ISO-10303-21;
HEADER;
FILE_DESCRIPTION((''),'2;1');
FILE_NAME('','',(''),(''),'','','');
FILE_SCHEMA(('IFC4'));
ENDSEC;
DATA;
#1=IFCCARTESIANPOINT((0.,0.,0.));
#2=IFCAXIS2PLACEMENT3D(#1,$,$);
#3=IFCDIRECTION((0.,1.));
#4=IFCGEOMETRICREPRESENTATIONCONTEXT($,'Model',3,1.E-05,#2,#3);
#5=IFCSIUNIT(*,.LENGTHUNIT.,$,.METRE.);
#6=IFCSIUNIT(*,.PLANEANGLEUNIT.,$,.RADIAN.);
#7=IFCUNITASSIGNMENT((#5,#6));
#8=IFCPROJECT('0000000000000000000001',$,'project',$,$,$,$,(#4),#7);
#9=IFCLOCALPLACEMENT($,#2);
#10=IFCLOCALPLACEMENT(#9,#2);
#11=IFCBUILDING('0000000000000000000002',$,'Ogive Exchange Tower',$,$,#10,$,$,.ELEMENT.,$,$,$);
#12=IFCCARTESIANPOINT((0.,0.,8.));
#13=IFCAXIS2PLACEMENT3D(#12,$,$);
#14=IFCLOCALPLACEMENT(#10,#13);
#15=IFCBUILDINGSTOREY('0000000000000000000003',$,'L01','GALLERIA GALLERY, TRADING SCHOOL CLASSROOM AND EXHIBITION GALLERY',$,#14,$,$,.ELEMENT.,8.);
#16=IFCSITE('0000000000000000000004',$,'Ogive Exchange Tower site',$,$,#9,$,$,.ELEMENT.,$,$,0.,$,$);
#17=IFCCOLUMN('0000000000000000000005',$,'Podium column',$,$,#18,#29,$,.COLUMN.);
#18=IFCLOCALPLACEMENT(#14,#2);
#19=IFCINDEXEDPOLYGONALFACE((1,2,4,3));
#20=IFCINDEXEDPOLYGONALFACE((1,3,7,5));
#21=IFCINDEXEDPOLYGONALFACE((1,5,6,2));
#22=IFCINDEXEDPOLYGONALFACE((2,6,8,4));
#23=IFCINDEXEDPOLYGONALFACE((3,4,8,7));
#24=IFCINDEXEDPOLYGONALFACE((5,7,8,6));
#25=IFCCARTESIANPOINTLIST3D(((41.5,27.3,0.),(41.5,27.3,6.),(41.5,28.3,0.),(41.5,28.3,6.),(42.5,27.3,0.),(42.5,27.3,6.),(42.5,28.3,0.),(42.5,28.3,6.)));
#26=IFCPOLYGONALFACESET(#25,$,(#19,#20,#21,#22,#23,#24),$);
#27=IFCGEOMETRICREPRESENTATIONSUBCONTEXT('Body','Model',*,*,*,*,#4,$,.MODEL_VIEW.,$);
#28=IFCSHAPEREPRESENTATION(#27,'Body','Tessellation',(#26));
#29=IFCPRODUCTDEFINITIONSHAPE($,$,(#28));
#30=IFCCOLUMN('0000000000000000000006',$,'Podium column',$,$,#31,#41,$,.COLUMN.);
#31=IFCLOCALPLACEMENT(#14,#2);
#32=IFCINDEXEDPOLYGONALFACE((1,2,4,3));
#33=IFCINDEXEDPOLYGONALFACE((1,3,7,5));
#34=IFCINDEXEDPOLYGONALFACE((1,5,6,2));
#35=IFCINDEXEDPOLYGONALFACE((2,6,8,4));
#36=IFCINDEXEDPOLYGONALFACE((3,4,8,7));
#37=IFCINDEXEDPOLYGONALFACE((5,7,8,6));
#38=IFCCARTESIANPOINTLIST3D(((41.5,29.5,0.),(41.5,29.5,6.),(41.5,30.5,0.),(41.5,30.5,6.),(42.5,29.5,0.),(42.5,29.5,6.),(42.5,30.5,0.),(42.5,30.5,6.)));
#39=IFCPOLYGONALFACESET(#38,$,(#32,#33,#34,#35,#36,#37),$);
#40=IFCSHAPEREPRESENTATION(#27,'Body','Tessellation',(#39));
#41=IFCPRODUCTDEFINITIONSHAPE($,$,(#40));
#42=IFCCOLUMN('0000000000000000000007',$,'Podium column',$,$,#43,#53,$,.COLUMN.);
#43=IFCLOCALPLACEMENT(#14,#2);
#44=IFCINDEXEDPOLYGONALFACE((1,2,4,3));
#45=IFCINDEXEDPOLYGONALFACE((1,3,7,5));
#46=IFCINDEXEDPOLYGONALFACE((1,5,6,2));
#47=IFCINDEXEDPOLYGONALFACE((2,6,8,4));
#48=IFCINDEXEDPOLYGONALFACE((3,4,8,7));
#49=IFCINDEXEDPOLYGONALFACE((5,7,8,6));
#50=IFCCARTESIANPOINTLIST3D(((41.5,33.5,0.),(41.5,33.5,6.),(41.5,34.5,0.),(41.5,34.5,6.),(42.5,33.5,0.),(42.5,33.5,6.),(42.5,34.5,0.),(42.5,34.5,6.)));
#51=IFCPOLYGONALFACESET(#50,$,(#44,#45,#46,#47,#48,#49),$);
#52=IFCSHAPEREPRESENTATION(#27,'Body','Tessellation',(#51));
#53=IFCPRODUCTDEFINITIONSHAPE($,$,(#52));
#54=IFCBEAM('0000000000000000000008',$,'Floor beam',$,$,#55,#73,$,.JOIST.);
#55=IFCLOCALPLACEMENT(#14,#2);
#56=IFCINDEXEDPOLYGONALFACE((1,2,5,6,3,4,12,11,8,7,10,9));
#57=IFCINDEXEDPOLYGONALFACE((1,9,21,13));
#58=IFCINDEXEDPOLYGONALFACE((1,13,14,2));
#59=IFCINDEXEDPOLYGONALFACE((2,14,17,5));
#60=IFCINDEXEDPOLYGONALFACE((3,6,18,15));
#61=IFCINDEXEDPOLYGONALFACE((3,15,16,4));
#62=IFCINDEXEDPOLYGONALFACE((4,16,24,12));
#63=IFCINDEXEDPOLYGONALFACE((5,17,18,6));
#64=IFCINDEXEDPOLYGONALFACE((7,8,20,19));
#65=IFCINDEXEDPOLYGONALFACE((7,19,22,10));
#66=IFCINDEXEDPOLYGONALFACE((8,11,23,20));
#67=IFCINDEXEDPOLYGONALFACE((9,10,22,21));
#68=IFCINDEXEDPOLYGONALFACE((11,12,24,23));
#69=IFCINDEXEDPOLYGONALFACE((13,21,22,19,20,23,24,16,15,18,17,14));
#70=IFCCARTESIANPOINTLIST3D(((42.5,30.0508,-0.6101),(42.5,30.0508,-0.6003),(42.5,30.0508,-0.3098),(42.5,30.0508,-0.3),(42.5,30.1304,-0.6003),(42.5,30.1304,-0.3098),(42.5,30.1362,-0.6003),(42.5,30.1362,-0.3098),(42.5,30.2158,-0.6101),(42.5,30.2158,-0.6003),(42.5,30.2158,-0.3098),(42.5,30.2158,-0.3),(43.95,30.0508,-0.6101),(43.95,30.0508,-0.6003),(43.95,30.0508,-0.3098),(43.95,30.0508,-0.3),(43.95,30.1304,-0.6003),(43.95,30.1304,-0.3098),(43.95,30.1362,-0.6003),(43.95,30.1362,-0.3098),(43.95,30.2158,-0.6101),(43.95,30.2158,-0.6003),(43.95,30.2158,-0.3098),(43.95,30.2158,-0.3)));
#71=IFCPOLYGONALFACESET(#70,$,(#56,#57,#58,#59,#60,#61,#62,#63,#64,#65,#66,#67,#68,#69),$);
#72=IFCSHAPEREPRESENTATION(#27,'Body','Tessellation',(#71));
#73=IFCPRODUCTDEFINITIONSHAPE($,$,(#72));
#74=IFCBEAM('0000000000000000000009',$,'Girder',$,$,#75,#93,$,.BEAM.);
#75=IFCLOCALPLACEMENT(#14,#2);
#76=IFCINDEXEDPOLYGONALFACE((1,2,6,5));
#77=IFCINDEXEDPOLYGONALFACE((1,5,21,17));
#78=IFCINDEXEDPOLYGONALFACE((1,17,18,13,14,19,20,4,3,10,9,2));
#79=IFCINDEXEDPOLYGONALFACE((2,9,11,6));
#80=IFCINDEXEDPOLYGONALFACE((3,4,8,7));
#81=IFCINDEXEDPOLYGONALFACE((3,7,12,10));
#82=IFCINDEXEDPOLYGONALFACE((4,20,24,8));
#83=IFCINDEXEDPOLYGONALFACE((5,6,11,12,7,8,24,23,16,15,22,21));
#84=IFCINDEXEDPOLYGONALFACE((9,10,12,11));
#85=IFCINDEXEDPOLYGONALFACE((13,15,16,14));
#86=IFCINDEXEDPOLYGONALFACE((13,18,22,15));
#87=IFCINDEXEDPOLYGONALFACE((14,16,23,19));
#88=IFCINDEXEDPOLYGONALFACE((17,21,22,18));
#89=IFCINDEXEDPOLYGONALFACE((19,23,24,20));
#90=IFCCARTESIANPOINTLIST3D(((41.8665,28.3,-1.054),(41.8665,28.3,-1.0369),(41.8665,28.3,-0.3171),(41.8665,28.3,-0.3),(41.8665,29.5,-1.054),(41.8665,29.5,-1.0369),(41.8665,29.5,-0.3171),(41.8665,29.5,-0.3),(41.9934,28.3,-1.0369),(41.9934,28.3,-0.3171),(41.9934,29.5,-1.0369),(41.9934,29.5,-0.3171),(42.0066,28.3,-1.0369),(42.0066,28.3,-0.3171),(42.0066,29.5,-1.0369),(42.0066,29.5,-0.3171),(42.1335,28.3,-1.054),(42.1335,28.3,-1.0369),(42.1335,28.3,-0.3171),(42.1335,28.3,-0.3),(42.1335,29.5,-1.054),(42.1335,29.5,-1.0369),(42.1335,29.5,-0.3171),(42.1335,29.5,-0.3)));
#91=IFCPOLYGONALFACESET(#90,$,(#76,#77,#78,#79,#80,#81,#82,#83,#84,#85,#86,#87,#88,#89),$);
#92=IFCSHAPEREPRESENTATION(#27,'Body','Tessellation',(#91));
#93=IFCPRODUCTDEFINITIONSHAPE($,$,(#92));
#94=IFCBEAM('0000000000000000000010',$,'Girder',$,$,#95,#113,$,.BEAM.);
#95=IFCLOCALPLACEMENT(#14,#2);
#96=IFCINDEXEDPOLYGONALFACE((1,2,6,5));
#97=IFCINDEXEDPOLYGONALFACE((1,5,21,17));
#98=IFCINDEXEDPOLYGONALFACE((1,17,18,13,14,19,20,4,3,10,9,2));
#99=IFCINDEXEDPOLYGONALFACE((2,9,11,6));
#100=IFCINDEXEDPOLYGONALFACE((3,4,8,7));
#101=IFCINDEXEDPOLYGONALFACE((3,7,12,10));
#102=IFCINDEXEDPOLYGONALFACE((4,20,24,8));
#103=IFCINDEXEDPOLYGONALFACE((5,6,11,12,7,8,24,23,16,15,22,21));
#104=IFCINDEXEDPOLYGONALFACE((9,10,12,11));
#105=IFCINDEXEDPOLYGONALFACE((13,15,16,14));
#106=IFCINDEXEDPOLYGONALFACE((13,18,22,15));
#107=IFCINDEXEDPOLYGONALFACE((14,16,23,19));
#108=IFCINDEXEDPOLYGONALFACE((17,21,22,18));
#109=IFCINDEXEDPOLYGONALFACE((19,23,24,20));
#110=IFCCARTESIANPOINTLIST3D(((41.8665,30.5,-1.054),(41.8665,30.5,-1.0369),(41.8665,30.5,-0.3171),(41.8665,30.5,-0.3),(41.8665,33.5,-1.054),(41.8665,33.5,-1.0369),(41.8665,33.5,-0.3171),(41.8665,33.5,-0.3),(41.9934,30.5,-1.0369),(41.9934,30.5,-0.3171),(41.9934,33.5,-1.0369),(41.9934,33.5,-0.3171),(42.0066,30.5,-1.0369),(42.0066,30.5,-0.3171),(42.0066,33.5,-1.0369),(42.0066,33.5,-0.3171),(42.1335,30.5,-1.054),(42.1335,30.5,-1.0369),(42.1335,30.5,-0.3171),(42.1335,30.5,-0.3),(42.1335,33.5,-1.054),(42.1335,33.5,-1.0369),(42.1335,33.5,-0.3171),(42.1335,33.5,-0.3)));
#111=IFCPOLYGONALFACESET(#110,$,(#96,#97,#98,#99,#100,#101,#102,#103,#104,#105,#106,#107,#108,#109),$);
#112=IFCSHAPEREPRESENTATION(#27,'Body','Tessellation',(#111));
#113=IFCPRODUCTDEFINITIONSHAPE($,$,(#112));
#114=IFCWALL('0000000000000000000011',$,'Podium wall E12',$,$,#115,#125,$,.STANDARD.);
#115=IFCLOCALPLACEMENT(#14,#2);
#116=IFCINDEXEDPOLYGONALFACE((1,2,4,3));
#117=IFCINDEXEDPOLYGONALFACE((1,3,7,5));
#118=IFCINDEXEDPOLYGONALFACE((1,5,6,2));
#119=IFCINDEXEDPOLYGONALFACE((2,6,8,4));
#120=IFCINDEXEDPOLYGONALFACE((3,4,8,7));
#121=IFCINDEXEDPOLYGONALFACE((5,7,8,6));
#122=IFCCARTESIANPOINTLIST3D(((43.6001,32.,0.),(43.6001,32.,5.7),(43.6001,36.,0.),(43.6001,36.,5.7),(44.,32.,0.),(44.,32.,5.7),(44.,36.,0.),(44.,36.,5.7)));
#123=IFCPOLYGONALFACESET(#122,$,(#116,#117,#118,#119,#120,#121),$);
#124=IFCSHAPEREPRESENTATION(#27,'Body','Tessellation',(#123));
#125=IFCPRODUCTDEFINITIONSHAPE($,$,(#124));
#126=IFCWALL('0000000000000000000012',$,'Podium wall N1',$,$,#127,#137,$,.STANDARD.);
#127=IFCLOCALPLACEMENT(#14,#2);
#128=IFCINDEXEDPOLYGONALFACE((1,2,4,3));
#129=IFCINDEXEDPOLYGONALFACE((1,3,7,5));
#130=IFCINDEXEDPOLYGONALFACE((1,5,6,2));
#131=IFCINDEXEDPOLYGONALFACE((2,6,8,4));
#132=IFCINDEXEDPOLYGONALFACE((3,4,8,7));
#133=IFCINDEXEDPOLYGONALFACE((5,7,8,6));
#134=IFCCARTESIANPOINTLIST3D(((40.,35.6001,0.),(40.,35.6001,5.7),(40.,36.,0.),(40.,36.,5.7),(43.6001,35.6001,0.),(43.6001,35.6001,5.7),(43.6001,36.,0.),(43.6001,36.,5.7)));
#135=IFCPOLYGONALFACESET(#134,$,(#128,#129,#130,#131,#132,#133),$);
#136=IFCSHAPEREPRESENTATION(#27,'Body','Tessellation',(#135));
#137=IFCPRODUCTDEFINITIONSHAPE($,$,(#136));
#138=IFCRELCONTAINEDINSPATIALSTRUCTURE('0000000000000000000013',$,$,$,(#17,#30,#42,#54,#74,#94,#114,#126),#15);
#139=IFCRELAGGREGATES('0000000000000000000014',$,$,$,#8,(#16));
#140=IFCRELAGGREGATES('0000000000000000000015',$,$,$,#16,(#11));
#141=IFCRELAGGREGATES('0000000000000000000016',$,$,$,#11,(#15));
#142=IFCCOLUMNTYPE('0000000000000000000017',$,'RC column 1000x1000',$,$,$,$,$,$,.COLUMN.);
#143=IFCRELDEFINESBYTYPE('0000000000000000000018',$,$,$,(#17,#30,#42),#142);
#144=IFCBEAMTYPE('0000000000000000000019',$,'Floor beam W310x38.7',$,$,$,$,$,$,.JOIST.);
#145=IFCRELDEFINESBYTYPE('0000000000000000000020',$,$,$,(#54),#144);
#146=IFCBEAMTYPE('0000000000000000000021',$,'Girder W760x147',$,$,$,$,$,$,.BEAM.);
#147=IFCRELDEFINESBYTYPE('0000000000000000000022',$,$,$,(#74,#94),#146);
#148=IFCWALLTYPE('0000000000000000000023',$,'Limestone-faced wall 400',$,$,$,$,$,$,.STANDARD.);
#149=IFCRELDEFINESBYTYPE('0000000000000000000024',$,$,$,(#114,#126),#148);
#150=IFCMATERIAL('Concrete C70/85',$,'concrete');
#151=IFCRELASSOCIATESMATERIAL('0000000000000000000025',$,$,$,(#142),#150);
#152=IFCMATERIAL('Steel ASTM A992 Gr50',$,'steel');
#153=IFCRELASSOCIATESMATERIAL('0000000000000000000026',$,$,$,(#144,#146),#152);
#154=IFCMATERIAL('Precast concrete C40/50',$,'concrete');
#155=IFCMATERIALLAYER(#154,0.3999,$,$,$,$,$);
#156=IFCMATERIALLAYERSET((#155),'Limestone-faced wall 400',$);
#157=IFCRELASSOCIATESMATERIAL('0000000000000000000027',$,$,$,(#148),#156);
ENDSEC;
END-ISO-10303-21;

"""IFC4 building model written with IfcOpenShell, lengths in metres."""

from ifc_helpers import new_model, si_unit, direction, frame, frame_2d, origin, origin_2d, place, context, subcontext, project, spatial, rectangle, i_section, extrude, material, layer, layer_set, material_profile, profile_set, type_object, element, save


model = new_model("IFC4")

# Units and contexts
model_context = context("Model", 3, precision=1e-05, world=origin(), true_north=direction((0.0, 1.0)))
body_context = subcontext(model_context, "Body", "Model", "MODEL_VIEW")
ifc_project = project(units=[si_unit("LENGTHUNIT", "METRE"), si_unit("PLANEANGLEUNIT", "RADIAN")], contexts=[model_context])

# Site, building, storey
site_placement = place(None, origin())
site = spatial("IfcSite", under=ifc_project, at=site_placement, Name="Ogive Exchange Tower site", CompositionType="ELEMENT", RefElevation=0.0)
building_placement = place(site_placement, origin())
building = spatial("IfcBuilding", under=site, at=building_placement, Name="Ogive Exchange Tower", CompositionType="ELEMENT")
storey_placement = place(building_placement, frame((0.0, 0.0, 8.0)))
storey = spatial("IfcBuildingStorey", under=building, at=storey_placement, Name="L01", Description="GALLERIA GALLERY, TRADING SCHOOL CLASSROOM AND EXHIBITION GALLERY", CompositionType="ELEMENT", Elevation=8.0)

# Columns
ifc_material_1 = material(Name="Concrete C70/85", Category="concrete")
ifc_material_profile_1 = material_profile(ifc_material_1, rectangle(XDim=1.0, YDim=1.0, at=origin_2d()), Name="RC 1000x1000")
ifc_profile_set_1 = profile_set([ifc_material_profile_1], Name="Concrete C70/85")
column_type = type_object("IfcColumnType", Name="RC column 1000x1000", PredefinedType="COLUMN", material=ifc_profile_set_1)
for number, where, z_axis, x_axis, name in (
    (1, (42.0, 27.8, 0.0), (0.0, 0.0, 1.0), (1.0, 0.0, 0.0), "Podium column"),
    (2, (42.0, 30.0, 0.0), (0.0, 0.0, 1.0), (1.0, 0.0, 0.0), "Podium column"),
    (3, (42.0, 34.0, 0.0), (0.0, 0.0, 1.0), (1.0, 0.0, 0.0), "Podium column"),
):
    element("IfcColumn", number, at=place(storey_placement, frame(where, z_axis=z_axis, x_axis=x_axis)), inside=storey, type_object=column_type, Name=name, PredefinedType="COLUMN", context=body_context, shape_type="SweptSolid", body=[
        extrude(rectangle(XDim=1.0, YDim=1.0, at=origin_2d()), origin(), (0.0, 0.0, 1.0), 6.0),
    ])

# Beams
ifc_material_2 = material(Name="Steel ASTM A992 Gr50", Category="steel")
ifc_material_profile_2 = material_profile(ifc_material_2, i_section(OverallWidth=0.165, OverallDepth=0.3101, WebThickness=0.0059, FlangeThickness=0.0098, at=origin_2d()), Name="W310x38.7")
ifc_profile_set_2 = profile_set([ifc_material_profile_2], Name="Steel ASTM A992 Gr50")
beam_type_1 = type_object("IfcBeamType", Name="Floor beam W310x38.7", PredefinedType="JOIST", material=ifc_profile_set_2)
beam_1_placement = place(storey_placement, frame((42.5, 30.1333, -0.4551), z_axis=(1.0, 0.0, 0.0), x_axis=(0.0, 1.0, 0.0)))
element("IfcBeam", 4, at=beam_1_placement, inside=storey, type_object=beam_type_1, Name="Floor beam", PredefinedType="JOIST", context=body_context, shape_type="SweptSolid", body=[
    extrude(i_section(OverallWidth=0.165, OverallDepth=0.3101, WebThickness=0.0059, FlangeThickness=0.0098, at=origin_2d()), origin(), (0.0, 0.0, 1.0), 1.45),
])
ifc_material_profile_3 = material_profile(ifc_material_2, i_section(OverallWidth=0.2671, OverallDepth=0.7539, WebThickness=0.0132, FlangeThickness=0.0171, at=origin_2d()), Name="W760x147")
ifc_profile_set_3 = profile_set([ifc_material_profile_3], Name="Steel ASTM A992 Gr50")
beam_type_2 = type_object("IfcBeamType", Name="Girder W760x147", PredefinedType="BEAM", material=ifc_profile_set_3)
beam_2_placement = place(storey_placement, frame((42.0, 28.3, -0.677), z_axis=(0.0, 1.0, 0.0), x_axis=(-1.0, 0.0, 0.0)))
element("IfcBeam", 5, at=beam_2_placement, inside=storey, type_object=beam_type_2, Name="Girder", PredefinedType="BEAM", context=body_context, shape_type="SweptSolid", body=[
    extrude(i_section(OverallWidth=0.2671, OverallDepth=0.7539, WebThickness=0.0132, FlangeThickness=0.0171, at=origin_2d()), origin(), (0.0, 0.0, 1.0), 1.2),
])
beam_3_placement = place(storey_placement, frame((42.0, 30.5, -0.677), z_axis=(0.0, 1.0, 0.0), x_axis=(-1.0, 0.0, 0.0)))
element("IfcBeam", 6, at=beam_3_placement, inside=storey, type_object=beam_type_2, Name="Girder", PredefinedType="BEAM", context=body_context, shape_type="SweptSolid", body=[
    extrude(i_section(OverallWidth=0.2671, OverallDepth=0.7539, WebThickness=0.0132, FlangeThickness=0.0171, at=origin_2d()), origin(), (0.0, 0.0, 1.0), 3.0),
])

# Walls
ifc_material_3 = material(Name="Precast concrete C40/50", Category="concrete")
ifc_layer_1 = layer(ifc_material_3, 0.3999)
ifc_layer_set_1 = layer_set([ifc_layer_1], Name="Limestone-faced wall 400")
wall_type_1 = type_object("IfcWallType", Name="Limestone-faced wall 400", PredefinedType="STANDARD", material=ifc_layer_set_1)
wall_1_placement = place(storey_placement, frame((43.8, 32.0, 0.0), z_axis=(0.0, 0.0, 1.0), x_axis=(0.0, 1.0, 0.0)))
element("IfcWall", 7, at=wall_1_placement, inside=storey, type_object=wall_type_1, Name="Podium wall E12", PredefinedType="STANDARD", context=body_context, shape_type="SweptSolid", body=[
    extrude(rectangle(XDim=4.0, YDim=0.3999, at=frame_2d((2.0, 0.0))), origin(), (0.0, 0.0, 1.0), 5.7),
])
wall_2_placement = place(storey_placement, frame((43.6001, 35.8, 0.0), z_axis=(0.0, 0.0, 1.0), x_axis=(-1.0, 0.0, 0.0)))
element("IfcWall", 8, at=wall_2_placement, inside=storey, type_object=wall_type_1, Name="Podium wall N1", PredefinedType="STANDARD", context=body_context, shape_type="SweptSolid", body=[
    extrude(rectangle(XDim=3.6001, YDim=0.3999, at=frame_2d((1.8, 0.0))), origin(), (0.0, 0.0, 1.0), 5.7),
])

save(model, "model.ifc")
